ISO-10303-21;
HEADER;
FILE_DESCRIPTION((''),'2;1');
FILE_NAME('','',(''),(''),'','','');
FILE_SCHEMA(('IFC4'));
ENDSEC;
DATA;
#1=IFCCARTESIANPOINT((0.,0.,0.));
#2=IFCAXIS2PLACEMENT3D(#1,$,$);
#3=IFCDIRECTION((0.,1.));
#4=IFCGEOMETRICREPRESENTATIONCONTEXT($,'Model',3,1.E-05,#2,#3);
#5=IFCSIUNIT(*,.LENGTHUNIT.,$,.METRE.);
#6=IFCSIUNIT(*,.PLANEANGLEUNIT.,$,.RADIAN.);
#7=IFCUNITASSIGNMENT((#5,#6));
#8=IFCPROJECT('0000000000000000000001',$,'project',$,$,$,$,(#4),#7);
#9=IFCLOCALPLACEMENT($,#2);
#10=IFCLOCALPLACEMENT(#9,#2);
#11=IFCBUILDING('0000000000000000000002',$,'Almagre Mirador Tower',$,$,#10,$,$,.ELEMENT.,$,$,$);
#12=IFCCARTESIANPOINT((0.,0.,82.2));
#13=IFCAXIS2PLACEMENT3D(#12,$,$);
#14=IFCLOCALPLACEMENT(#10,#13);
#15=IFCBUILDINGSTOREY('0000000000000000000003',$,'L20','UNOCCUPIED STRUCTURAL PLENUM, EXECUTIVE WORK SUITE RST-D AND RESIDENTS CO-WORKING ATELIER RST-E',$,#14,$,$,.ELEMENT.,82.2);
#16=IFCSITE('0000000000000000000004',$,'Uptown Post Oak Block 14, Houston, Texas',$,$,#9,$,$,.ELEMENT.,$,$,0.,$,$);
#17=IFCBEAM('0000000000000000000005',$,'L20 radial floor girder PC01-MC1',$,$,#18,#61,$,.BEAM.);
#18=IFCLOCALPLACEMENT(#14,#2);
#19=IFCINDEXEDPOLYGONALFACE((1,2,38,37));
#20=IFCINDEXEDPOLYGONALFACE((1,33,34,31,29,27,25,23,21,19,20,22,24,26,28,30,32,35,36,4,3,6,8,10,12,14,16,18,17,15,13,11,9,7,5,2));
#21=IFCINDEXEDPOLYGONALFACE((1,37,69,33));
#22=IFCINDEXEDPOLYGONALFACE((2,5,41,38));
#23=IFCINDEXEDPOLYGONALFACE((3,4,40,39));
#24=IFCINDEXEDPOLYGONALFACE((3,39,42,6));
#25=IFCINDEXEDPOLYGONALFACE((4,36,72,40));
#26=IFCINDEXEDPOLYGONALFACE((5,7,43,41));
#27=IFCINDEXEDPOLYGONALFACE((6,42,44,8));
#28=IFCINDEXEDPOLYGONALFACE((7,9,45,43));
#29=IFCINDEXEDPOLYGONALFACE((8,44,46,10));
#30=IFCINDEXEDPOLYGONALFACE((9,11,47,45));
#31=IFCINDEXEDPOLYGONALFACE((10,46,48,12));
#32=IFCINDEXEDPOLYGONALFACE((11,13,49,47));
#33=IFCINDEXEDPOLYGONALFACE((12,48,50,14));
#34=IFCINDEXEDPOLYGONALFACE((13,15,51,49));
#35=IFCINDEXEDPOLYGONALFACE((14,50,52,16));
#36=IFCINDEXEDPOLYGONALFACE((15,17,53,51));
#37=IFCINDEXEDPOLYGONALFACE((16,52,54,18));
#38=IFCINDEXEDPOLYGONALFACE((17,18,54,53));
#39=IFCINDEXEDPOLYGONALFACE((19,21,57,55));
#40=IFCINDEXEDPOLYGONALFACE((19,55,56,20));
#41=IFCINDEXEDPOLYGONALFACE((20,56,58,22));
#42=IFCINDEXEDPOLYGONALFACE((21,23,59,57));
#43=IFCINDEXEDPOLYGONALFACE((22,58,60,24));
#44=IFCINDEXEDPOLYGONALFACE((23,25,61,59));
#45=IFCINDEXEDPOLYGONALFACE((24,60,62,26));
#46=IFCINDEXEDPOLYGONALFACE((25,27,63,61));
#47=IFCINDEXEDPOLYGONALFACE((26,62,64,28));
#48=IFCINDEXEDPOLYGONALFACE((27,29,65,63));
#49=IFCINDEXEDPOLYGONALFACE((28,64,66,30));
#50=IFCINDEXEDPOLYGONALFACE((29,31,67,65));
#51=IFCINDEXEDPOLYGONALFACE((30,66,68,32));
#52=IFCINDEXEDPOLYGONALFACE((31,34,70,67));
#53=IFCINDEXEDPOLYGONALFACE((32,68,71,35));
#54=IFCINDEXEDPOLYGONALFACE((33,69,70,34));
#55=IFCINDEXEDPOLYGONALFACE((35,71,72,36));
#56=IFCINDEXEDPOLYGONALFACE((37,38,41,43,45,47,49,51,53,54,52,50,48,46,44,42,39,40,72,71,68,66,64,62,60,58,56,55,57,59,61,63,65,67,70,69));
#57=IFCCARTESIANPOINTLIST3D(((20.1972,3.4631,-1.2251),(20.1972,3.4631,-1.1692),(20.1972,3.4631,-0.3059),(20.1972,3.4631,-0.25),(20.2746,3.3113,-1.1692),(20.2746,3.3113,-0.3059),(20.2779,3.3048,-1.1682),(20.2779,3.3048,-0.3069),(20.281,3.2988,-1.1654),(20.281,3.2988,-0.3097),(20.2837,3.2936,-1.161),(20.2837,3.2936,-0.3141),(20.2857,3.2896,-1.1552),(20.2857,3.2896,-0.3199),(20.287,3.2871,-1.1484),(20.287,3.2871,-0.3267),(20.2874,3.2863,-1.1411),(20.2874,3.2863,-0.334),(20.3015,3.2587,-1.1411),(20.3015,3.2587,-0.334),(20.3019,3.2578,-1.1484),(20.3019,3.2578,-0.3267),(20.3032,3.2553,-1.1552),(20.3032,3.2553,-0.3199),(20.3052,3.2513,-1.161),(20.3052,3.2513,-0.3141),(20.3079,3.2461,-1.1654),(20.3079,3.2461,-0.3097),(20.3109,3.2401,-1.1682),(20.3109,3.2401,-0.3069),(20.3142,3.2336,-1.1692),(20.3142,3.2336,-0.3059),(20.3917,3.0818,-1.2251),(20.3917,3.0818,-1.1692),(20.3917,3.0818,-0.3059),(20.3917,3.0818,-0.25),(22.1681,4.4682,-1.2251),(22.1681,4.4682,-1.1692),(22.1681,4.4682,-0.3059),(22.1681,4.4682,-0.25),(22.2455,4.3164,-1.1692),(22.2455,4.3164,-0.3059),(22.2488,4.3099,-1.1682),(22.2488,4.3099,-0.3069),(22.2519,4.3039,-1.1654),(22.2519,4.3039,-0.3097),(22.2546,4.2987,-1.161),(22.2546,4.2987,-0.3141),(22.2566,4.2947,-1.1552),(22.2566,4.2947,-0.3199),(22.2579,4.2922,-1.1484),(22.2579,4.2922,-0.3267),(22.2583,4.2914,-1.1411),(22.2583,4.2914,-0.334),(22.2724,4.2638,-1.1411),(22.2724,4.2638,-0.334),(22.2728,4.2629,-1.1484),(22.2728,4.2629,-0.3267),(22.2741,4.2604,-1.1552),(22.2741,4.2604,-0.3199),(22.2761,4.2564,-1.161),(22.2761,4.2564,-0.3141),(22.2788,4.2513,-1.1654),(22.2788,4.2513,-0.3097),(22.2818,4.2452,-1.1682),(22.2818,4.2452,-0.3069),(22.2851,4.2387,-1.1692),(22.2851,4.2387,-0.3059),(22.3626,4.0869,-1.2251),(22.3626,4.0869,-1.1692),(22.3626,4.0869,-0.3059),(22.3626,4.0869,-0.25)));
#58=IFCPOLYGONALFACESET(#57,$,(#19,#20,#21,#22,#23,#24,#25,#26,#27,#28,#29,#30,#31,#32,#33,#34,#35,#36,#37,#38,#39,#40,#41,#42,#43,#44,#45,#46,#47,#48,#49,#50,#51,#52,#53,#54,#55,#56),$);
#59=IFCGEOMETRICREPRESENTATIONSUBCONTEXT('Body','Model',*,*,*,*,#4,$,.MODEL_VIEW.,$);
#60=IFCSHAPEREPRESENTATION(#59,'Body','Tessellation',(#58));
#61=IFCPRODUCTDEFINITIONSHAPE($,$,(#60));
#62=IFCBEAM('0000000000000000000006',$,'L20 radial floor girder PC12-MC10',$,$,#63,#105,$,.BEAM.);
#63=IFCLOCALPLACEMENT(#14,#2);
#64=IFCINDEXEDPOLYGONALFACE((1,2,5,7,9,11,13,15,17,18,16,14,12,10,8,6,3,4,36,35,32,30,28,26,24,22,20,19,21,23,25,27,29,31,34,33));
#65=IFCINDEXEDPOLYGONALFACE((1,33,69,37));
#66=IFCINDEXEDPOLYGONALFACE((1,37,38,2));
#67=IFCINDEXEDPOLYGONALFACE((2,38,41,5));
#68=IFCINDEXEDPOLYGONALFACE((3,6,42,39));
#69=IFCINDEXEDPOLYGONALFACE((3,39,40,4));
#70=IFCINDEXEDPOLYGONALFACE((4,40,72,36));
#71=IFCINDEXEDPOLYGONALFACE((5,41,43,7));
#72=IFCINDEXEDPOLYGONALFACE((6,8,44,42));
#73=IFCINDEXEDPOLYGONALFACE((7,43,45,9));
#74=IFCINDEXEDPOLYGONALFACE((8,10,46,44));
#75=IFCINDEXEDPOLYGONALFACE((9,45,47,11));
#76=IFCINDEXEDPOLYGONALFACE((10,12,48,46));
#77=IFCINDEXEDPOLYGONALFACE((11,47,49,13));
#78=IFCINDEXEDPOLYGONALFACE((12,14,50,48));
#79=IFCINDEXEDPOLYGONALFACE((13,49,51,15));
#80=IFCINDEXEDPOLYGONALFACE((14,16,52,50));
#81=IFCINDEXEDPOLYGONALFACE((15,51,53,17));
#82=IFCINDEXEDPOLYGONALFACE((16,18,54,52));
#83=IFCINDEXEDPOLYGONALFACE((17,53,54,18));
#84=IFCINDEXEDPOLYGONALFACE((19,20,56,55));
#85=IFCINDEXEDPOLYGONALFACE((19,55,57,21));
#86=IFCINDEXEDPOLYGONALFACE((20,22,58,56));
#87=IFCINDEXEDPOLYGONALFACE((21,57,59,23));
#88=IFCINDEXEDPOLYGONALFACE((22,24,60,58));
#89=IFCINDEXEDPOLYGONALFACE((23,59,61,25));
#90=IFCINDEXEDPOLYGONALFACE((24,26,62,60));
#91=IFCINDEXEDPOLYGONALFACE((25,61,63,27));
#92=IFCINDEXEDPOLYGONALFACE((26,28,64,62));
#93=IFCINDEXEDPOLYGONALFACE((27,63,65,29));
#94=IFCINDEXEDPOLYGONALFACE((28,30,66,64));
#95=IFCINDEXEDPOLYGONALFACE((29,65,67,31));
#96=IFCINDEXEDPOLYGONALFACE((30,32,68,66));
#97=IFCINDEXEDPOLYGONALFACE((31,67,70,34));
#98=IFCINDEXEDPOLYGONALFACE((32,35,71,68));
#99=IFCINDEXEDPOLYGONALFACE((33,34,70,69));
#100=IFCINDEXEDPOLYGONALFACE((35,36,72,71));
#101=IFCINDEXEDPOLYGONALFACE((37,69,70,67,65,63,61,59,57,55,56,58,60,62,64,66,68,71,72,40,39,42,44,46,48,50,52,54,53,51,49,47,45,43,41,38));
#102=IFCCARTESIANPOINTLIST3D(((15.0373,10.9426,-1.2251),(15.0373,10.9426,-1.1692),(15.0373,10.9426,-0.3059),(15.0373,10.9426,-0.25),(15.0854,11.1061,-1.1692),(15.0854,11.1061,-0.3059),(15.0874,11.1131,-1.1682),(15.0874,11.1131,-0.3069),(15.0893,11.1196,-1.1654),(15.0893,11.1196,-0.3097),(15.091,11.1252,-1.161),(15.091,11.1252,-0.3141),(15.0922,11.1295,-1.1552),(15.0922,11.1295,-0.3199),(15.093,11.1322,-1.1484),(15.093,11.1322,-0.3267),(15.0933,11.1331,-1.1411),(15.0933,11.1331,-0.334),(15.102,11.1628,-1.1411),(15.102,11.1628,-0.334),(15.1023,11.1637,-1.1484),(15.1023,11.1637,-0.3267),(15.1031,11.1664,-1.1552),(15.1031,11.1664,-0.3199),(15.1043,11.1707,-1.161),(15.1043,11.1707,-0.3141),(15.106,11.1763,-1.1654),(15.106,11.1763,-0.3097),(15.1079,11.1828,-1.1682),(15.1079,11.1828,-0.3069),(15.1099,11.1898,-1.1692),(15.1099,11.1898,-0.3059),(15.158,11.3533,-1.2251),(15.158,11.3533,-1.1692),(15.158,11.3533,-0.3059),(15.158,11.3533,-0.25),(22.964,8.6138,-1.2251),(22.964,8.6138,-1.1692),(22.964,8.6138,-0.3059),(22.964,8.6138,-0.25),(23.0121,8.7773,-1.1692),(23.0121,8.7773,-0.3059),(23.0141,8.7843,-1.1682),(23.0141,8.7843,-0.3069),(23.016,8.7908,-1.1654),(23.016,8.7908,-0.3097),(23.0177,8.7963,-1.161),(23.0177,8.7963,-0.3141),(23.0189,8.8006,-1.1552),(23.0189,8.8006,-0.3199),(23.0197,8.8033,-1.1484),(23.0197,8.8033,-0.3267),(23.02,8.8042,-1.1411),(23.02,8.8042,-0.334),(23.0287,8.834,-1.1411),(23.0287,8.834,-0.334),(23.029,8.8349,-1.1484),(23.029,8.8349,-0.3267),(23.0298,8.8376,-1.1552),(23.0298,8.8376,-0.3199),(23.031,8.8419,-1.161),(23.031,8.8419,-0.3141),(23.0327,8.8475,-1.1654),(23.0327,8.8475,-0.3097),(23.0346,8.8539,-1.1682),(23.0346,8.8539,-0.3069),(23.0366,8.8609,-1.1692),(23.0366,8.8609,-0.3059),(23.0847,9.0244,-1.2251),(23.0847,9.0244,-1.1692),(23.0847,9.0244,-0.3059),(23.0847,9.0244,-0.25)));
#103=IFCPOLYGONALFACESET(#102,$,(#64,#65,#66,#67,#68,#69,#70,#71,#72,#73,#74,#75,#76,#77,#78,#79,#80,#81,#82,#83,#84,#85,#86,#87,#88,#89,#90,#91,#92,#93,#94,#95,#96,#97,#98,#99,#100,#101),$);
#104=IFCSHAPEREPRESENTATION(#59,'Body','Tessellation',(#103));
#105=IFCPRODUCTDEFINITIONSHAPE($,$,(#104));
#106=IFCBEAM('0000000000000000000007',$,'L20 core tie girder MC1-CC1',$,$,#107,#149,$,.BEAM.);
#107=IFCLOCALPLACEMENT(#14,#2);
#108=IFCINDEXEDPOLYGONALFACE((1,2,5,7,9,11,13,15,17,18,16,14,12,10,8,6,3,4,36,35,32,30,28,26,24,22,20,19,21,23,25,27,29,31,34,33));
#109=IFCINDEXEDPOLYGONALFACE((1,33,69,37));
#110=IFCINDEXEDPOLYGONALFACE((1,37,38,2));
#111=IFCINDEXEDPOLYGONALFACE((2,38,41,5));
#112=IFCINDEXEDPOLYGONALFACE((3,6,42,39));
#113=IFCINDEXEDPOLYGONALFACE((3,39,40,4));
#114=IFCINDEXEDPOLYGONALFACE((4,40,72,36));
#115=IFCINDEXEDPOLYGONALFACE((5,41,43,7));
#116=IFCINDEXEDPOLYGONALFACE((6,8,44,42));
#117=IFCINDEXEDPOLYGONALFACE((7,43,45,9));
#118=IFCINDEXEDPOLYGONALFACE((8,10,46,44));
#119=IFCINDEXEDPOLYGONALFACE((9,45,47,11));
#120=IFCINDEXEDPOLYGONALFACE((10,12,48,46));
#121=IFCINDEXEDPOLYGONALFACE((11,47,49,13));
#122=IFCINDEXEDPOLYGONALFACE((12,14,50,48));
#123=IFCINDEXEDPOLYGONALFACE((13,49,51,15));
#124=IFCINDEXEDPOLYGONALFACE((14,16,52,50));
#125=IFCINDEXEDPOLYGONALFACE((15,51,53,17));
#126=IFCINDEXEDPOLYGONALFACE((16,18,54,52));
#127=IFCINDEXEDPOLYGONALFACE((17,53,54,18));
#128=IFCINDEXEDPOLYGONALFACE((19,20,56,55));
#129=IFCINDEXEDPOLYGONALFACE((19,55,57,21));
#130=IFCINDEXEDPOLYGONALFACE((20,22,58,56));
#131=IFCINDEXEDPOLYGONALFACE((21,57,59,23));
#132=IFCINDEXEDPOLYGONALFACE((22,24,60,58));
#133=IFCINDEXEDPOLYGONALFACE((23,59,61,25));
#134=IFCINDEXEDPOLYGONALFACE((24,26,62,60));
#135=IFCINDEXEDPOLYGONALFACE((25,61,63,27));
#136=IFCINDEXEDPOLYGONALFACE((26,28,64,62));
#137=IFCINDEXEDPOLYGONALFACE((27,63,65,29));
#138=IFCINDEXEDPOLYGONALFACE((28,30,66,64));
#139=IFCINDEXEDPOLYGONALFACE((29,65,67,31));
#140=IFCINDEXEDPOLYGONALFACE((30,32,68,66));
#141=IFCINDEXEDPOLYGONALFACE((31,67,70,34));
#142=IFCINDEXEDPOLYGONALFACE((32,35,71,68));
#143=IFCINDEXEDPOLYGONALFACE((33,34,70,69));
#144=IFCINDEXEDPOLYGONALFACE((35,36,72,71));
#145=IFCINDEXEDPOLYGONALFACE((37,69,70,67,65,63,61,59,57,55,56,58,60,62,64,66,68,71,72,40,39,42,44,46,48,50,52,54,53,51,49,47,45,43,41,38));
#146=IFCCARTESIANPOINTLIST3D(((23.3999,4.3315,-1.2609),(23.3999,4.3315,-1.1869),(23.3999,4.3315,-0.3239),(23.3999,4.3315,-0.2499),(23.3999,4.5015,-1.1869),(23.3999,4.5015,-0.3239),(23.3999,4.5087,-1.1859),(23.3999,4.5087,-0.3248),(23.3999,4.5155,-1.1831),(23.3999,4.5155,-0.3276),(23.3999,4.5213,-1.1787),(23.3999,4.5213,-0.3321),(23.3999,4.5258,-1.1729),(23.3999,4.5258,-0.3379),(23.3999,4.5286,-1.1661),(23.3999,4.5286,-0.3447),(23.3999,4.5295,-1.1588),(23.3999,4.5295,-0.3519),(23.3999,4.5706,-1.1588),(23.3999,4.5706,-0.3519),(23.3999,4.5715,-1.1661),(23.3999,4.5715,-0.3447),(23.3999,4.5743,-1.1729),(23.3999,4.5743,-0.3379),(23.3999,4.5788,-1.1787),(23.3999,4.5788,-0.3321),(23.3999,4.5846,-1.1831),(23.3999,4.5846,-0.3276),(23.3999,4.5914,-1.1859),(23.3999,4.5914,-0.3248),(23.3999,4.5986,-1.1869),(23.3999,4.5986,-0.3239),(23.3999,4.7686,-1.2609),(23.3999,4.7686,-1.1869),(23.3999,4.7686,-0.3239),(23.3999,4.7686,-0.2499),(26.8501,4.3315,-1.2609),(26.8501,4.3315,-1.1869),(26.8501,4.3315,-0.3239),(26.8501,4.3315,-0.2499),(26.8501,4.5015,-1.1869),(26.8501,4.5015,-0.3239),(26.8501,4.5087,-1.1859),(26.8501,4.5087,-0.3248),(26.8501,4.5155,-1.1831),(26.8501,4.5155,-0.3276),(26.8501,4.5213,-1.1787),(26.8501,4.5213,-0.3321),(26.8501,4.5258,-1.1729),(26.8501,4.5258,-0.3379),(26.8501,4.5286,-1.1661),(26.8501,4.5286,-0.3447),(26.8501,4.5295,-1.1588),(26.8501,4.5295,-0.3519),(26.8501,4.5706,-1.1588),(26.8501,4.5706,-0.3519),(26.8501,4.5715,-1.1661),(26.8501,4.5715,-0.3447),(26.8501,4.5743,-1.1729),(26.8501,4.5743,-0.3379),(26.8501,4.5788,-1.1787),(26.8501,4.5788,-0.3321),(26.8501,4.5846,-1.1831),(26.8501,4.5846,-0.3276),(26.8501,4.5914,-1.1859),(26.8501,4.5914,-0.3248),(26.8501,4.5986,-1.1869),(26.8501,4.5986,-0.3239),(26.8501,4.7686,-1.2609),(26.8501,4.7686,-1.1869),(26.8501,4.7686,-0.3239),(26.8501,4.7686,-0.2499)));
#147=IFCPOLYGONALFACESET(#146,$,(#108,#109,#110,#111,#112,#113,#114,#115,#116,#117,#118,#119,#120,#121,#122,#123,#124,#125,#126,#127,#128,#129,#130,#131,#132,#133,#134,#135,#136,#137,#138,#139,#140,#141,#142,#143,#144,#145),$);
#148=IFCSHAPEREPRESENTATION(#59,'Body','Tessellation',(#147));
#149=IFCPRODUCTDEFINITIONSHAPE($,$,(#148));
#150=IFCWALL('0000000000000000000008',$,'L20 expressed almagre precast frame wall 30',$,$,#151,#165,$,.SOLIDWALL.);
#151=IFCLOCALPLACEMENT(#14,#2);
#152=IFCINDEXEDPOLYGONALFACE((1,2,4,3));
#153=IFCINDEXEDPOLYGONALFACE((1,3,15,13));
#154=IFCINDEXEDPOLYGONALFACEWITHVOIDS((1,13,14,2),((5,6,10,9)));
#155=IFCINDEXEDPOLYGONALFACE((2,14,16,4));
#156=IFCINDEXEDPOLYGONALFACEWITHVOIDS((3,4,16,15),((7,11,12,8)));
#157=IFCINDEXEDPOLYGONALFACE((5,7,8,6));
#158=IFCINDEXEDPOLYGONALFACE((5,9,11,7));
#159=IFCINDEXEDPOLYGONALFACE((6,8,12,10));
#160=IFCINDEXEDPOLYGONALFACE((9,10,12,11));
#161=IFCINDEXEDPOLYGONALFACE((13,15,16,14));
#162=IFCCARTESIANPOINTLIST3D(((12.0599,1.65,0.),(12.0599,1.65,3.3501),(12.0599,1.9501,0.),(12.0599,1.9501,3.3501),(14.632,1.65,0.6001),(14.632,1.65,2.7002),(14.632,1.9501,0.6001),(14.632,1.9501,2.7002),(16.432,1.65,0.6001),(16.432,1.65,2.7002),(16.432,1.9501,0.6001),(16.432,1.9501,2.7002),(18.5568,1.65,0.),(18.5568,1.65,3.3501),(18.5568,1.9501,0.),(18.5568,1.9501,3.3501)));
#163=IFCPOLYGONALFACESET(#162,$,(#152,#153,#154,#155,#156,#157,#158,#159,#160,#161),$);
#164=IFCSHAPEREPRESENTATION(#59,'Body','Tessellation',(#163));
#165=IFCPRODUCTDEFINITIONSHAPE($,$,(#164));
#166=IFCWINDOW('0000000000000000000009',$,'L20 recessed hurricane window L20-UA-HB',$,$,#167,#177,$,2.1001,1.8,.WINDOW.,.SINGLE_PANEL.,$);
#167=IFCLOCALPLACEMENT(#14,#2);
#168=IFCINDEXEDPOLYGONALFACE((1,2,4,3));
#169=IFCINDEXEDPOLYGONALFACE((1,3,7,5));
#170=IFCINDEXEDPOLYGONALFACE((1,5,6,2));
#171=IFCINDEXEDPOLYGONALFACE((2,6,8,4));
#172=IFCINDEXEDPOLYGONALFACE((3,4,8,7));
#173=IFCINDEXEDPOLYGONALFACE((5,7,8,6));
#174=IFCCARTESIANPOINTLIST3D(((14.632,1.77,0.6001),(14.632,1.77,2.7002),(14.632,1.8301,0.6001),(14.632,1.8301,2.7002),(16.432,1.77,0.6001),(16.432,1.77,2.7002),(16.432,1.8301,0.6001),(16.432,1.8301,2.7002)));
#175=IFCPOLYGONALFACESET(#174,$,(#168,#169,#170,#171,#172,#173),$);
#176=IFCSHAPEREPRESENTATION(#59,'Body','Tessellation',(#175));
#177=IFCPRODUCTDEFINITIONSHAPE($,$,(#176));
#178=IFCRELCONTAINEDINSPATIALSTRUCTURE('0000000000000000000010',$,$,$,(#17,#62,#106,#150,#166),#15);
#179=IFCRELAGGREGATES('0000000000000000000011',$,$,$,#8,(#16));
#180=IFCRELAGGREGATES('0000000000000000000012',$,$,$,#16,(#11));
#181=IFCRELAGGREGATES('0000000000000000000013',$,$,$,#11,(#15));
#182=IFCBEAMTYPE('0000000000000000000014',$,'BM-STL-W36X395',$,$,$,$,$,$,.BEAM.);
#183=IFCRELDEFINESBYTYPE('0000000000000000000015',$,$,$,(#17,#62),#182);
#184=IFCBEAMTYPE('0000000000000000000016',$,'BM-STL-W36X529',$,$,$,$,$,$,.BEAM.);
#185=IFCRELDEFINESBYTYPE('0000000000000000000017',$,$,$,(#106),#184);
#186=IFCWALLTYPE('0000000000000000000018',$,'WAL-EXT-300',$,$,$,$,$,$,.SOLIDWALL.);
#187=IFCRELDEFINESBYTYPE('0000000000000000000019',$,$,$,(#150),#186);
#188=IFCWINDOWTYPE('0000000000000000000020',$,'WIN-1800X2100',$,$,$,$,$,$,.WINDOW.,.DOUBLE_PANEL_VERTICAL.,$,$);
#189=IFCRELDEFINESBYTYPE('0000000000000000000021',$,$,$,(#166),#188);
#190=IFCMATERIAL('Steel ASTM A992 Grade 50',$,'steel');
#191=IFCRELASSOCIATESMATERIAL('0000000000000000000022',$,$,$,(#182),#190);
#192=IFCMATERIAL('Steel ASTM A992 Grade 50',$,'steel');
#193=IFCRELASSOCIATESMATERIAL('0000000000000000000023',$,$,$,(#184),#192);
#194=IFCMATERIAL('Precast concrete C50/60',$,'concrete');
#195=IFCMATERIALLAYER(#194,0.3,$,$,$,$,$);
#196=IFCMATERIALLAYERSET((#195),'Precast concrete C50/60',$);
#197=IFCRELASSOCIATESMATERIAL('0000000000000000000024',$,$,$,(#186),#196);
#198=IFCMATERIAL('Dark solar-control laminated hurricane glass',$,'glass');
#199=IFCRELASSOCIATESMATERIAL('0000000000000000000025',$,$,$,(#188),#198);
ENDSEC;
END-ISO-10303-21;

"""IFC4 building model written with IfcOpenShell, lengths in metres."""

from ifc_helpers import new_model, si_unit, direction, frame, frame_2d, origin, origin_2d, place, context, subcontext, project, spatial, rectangle, i_section, extrude, material, layer, layer_set, material_profile, profile_set, type_object, element, fill, save


model = new_model("IFC4")

# Units and contexts
model_context = context("Model", 3, precision=1e-05, world=origin(), true_north=direction((0.0, 1.0)))
body_context = subcontext(model_context, "Body", "Model", "MODEL_VIEW")
ifc_project = project(units=[si_unit("LENGTHUNIT", "METRE"), si_unit("PLANEANGLEUNIT", "RADIAN")], contexts=[model_context])

# Site, building, storey
site_placement = place(None, origin())
site = spatial("IfcSite", under=ifc_project, at=site_placement, Name="Uptown Post Oak Block 14, Houston, Texas", CompositionType="ELEMENT", RefElevation=0.0)
building_placement = place(site_placement, origin())
building = spatial("IfcBuilding", under=site, at=building_placement, Name="Almagre Mirador Tower", CompositionType="ELEMENT")
storey_placement = place(building_placement, frame((0.0, 0.0, 82.2)))
storey = spatial("IfcBuildingStorey", under=building, at=storey_placement, Name="L20", Description="UNOCCUPIED STRUCTURAL PLENUM, EXECUTIVE WORK SUITE RST-D AND RESIDENTS CO-WORKING ATELIER RST-E", CompositionType="ELEMENT", Elevation=82.2)

# Beams
ifc_material_1 = material(Name="Steel ASTM A992 Grade 50", Category="steel")
ifc_material_profile_1 = material_profile(ifc_material_1, i_section(OverallWidth=0.428, OverallDepth=0.9751, WebThickness=0.031, FlangeThickness=0.0559, FilletRadius=0.0281, at=origin_2d()), Name="W36X395")
ifc_profile_set_1 = profile_set([ifc_material_profile_1], Name="Steel ASTM A992 Grade 50")
beam_type_1 = type_object("IfcBeamType", Name="BM-STL-W36X395", PredefinedType="BEAM", material=ifc_profile_set_1)
beam_1_placement = place(storey_placement, frame((20.2944, 3.2725, -0.7375), z_axis=(0.890846, 0.454306, 0.0), x_axis=(-0.454306, 0.890846, 0.0)))
element("IfcBeam", 1, at=beam_1_placement, inside=storey, type_object=beam_type_1, Name="L20 radial floor girder PC01-MC1", PredefinedType="BEAM", context=body_context, shape_type="SweptSolid", body=[
    extrude(i_section(OverallWidth=0.428, OverallDepth=0.9751, WebThickness=0.031, FlangeThickness=0.0559, FilletRadius=0.0281, at=origin_2d()), origin(), (0.0, 0.0, 1.0), 2.2124),
])
beam_2_placement = place(storey_placement, frame((15.0977, 11.1479, -0.7375), z_axis=(0.959449, -0.281883, 0.0), x_axis=(0.281883, 0.959449, 0.0)))
element("IfcBeam", 2, at=beam_2_placement, inside=storey, type_object=beam_type_1, Name="L20 radial floor girder PC12-MC10", PredefinedType="BEAM", context=body_context, shape_type="SweptSolid", body=[
    extrude(i_section(OverallWidth=0.428, OverallDepth=0.9751, WebThickness=0.031, FlangeThickness=0.0559, FilletRadius=0.0281, at=origin_2d()), origin(), (0.0, 0.0, 1.0), 8.2617),
])
ifc_material_2 = material(Name="Steel ASTM A992 Grade 50", Category="steel")
ifc_material_profile_2 = material_profile(ifc_material_2, i_section(OverallWidth=0.437, OverallDepth=1.011, WebThickness=0.041, FlangeThickness=0.074, FilletRadius=0.0281, at=origin_2d()), Name="W36X529")
ifc_profile_set_2 = profile_set([ifc_material_profile_2], Name="Steel ASTM A992 Grade 50")
beam_type_2 = type_object("IfcBeamType", Name="BM-STL-W36X529", PredefinedType="BEAM", material=ifc_profile_set_2)
beam_3_placement = place(storey_placement, frame((23.3999, 4.55, -0.7554), z_axis=(1.0, 0.0, 0.0), x_axis=(0.0, 1.0, 0.0)))
element("IfcBeam", 3, at=beam_3_placement, inside=storey, type_object=beam_type_2, Name="L20 core tie girder MC1-CC1", PredefinedType="BEAM", context=body_context, shape_type="SweptSolid", body=[
    extrude(i_section(OverallWidth=0.437, OverallDepth=1.011, WebThickness=0.041, FlangeThickness=0.074, FilletRadius=0.0281, at=origin_2d()), origin(), (0.0, 0.0, 1.0), 3.4502),
])

# Wall, opening, window
ifc_material_3 = material(Name="Precast concrete C50/60", Category="concrete")
ifc_layer_1 = layer(ifc_material_3, 0.3)
ifc_layer_set_1 = layer_set([ifc_layer_1], Name="Precast concrete C50/60")
wall_type_1 = type_object("IfcWallType", Name="WAL-EXT-300", PredefinedType="SOLIDWALL", material=ifc_layer_set_1)
wall_1_placement = place(storey_placement, frame((18.5569, 1.8, 0.0), z_axis=(0.0, 0.0, 1.0), x_axis=(-1.0, 0.0, 0.0)))
wall_1 = element("IfcWall", 4, at=wall_1_placement, inside=storey, type_object=wall_type_1, Name="L20 expressed almagre precast frame wall 30", PredefinedType="SOLIDWALL", context=body_context, shape_type="SweptSolid", body=[
    extrude(rectangle(XDim=6.4968, YDim=0.3, at=frame_2d((3.2485, 0.0))), origin(), (0.0, 0.0, 1.0), 3.3501),
])
opening_1_placement = place(wall_1_placement, frame((2.125, 0.0, 0.6001)))
opening_1 = element("IfcOpeningElement", 5, at=opening_1_placement, cuts=wall_1, PredefinedType="OPENING", context=body_context, shape_type="SweptSolid", body=[
    extrude(rectangle(XDim=1.8, YDim=2.1001, at=frame_2d((0.8999, 1.05))), frame((0.0, 0.1599, 0.0), z_axis=(0.0, -1.0, 0.0), x_axis=(1.0, 0.0, 0.0)), (0.0, 0.0, 1.0), 0.32),
])
ifc_material_4 = material(Name="Dark solar-control laminated hurricane glass", Category="glass")
window_type = type_object("IfcWindowType", Name="WIN-1800X2100", PartitioningType="DOUBLE_PANEL_VERTICAL", PredefinedType="WINDOW", material=ifc_material_4)
window_placement = place(opening_1_placement, origin())
window = element("IfcWindow", 6, at=window_placement, inside=storey, type_object=window_type, Name="L20 recessed hurricane window L20-UA-HB", OverallHeight=2.1001, OverallWidth=1.8, PartitioningType="SINGLE_PANEL", PredefinedType="WINDOW", context=body_context, shape_type="SweptSolid", body=[
    extrude(rectangle(XDim=1.8, YDim=2.1001, at=frame_2d((0.8999, 1.05))), frame((0.0, 0.03, 0.0), z_axis=(0.0, -1.0, 0.0), x_axis=(1.0, 0.0, 0.0)), (0.0, 0.0, 1.0), 0.0601),
])
fill(opening_1, window)

save(model, "model.ifc")
